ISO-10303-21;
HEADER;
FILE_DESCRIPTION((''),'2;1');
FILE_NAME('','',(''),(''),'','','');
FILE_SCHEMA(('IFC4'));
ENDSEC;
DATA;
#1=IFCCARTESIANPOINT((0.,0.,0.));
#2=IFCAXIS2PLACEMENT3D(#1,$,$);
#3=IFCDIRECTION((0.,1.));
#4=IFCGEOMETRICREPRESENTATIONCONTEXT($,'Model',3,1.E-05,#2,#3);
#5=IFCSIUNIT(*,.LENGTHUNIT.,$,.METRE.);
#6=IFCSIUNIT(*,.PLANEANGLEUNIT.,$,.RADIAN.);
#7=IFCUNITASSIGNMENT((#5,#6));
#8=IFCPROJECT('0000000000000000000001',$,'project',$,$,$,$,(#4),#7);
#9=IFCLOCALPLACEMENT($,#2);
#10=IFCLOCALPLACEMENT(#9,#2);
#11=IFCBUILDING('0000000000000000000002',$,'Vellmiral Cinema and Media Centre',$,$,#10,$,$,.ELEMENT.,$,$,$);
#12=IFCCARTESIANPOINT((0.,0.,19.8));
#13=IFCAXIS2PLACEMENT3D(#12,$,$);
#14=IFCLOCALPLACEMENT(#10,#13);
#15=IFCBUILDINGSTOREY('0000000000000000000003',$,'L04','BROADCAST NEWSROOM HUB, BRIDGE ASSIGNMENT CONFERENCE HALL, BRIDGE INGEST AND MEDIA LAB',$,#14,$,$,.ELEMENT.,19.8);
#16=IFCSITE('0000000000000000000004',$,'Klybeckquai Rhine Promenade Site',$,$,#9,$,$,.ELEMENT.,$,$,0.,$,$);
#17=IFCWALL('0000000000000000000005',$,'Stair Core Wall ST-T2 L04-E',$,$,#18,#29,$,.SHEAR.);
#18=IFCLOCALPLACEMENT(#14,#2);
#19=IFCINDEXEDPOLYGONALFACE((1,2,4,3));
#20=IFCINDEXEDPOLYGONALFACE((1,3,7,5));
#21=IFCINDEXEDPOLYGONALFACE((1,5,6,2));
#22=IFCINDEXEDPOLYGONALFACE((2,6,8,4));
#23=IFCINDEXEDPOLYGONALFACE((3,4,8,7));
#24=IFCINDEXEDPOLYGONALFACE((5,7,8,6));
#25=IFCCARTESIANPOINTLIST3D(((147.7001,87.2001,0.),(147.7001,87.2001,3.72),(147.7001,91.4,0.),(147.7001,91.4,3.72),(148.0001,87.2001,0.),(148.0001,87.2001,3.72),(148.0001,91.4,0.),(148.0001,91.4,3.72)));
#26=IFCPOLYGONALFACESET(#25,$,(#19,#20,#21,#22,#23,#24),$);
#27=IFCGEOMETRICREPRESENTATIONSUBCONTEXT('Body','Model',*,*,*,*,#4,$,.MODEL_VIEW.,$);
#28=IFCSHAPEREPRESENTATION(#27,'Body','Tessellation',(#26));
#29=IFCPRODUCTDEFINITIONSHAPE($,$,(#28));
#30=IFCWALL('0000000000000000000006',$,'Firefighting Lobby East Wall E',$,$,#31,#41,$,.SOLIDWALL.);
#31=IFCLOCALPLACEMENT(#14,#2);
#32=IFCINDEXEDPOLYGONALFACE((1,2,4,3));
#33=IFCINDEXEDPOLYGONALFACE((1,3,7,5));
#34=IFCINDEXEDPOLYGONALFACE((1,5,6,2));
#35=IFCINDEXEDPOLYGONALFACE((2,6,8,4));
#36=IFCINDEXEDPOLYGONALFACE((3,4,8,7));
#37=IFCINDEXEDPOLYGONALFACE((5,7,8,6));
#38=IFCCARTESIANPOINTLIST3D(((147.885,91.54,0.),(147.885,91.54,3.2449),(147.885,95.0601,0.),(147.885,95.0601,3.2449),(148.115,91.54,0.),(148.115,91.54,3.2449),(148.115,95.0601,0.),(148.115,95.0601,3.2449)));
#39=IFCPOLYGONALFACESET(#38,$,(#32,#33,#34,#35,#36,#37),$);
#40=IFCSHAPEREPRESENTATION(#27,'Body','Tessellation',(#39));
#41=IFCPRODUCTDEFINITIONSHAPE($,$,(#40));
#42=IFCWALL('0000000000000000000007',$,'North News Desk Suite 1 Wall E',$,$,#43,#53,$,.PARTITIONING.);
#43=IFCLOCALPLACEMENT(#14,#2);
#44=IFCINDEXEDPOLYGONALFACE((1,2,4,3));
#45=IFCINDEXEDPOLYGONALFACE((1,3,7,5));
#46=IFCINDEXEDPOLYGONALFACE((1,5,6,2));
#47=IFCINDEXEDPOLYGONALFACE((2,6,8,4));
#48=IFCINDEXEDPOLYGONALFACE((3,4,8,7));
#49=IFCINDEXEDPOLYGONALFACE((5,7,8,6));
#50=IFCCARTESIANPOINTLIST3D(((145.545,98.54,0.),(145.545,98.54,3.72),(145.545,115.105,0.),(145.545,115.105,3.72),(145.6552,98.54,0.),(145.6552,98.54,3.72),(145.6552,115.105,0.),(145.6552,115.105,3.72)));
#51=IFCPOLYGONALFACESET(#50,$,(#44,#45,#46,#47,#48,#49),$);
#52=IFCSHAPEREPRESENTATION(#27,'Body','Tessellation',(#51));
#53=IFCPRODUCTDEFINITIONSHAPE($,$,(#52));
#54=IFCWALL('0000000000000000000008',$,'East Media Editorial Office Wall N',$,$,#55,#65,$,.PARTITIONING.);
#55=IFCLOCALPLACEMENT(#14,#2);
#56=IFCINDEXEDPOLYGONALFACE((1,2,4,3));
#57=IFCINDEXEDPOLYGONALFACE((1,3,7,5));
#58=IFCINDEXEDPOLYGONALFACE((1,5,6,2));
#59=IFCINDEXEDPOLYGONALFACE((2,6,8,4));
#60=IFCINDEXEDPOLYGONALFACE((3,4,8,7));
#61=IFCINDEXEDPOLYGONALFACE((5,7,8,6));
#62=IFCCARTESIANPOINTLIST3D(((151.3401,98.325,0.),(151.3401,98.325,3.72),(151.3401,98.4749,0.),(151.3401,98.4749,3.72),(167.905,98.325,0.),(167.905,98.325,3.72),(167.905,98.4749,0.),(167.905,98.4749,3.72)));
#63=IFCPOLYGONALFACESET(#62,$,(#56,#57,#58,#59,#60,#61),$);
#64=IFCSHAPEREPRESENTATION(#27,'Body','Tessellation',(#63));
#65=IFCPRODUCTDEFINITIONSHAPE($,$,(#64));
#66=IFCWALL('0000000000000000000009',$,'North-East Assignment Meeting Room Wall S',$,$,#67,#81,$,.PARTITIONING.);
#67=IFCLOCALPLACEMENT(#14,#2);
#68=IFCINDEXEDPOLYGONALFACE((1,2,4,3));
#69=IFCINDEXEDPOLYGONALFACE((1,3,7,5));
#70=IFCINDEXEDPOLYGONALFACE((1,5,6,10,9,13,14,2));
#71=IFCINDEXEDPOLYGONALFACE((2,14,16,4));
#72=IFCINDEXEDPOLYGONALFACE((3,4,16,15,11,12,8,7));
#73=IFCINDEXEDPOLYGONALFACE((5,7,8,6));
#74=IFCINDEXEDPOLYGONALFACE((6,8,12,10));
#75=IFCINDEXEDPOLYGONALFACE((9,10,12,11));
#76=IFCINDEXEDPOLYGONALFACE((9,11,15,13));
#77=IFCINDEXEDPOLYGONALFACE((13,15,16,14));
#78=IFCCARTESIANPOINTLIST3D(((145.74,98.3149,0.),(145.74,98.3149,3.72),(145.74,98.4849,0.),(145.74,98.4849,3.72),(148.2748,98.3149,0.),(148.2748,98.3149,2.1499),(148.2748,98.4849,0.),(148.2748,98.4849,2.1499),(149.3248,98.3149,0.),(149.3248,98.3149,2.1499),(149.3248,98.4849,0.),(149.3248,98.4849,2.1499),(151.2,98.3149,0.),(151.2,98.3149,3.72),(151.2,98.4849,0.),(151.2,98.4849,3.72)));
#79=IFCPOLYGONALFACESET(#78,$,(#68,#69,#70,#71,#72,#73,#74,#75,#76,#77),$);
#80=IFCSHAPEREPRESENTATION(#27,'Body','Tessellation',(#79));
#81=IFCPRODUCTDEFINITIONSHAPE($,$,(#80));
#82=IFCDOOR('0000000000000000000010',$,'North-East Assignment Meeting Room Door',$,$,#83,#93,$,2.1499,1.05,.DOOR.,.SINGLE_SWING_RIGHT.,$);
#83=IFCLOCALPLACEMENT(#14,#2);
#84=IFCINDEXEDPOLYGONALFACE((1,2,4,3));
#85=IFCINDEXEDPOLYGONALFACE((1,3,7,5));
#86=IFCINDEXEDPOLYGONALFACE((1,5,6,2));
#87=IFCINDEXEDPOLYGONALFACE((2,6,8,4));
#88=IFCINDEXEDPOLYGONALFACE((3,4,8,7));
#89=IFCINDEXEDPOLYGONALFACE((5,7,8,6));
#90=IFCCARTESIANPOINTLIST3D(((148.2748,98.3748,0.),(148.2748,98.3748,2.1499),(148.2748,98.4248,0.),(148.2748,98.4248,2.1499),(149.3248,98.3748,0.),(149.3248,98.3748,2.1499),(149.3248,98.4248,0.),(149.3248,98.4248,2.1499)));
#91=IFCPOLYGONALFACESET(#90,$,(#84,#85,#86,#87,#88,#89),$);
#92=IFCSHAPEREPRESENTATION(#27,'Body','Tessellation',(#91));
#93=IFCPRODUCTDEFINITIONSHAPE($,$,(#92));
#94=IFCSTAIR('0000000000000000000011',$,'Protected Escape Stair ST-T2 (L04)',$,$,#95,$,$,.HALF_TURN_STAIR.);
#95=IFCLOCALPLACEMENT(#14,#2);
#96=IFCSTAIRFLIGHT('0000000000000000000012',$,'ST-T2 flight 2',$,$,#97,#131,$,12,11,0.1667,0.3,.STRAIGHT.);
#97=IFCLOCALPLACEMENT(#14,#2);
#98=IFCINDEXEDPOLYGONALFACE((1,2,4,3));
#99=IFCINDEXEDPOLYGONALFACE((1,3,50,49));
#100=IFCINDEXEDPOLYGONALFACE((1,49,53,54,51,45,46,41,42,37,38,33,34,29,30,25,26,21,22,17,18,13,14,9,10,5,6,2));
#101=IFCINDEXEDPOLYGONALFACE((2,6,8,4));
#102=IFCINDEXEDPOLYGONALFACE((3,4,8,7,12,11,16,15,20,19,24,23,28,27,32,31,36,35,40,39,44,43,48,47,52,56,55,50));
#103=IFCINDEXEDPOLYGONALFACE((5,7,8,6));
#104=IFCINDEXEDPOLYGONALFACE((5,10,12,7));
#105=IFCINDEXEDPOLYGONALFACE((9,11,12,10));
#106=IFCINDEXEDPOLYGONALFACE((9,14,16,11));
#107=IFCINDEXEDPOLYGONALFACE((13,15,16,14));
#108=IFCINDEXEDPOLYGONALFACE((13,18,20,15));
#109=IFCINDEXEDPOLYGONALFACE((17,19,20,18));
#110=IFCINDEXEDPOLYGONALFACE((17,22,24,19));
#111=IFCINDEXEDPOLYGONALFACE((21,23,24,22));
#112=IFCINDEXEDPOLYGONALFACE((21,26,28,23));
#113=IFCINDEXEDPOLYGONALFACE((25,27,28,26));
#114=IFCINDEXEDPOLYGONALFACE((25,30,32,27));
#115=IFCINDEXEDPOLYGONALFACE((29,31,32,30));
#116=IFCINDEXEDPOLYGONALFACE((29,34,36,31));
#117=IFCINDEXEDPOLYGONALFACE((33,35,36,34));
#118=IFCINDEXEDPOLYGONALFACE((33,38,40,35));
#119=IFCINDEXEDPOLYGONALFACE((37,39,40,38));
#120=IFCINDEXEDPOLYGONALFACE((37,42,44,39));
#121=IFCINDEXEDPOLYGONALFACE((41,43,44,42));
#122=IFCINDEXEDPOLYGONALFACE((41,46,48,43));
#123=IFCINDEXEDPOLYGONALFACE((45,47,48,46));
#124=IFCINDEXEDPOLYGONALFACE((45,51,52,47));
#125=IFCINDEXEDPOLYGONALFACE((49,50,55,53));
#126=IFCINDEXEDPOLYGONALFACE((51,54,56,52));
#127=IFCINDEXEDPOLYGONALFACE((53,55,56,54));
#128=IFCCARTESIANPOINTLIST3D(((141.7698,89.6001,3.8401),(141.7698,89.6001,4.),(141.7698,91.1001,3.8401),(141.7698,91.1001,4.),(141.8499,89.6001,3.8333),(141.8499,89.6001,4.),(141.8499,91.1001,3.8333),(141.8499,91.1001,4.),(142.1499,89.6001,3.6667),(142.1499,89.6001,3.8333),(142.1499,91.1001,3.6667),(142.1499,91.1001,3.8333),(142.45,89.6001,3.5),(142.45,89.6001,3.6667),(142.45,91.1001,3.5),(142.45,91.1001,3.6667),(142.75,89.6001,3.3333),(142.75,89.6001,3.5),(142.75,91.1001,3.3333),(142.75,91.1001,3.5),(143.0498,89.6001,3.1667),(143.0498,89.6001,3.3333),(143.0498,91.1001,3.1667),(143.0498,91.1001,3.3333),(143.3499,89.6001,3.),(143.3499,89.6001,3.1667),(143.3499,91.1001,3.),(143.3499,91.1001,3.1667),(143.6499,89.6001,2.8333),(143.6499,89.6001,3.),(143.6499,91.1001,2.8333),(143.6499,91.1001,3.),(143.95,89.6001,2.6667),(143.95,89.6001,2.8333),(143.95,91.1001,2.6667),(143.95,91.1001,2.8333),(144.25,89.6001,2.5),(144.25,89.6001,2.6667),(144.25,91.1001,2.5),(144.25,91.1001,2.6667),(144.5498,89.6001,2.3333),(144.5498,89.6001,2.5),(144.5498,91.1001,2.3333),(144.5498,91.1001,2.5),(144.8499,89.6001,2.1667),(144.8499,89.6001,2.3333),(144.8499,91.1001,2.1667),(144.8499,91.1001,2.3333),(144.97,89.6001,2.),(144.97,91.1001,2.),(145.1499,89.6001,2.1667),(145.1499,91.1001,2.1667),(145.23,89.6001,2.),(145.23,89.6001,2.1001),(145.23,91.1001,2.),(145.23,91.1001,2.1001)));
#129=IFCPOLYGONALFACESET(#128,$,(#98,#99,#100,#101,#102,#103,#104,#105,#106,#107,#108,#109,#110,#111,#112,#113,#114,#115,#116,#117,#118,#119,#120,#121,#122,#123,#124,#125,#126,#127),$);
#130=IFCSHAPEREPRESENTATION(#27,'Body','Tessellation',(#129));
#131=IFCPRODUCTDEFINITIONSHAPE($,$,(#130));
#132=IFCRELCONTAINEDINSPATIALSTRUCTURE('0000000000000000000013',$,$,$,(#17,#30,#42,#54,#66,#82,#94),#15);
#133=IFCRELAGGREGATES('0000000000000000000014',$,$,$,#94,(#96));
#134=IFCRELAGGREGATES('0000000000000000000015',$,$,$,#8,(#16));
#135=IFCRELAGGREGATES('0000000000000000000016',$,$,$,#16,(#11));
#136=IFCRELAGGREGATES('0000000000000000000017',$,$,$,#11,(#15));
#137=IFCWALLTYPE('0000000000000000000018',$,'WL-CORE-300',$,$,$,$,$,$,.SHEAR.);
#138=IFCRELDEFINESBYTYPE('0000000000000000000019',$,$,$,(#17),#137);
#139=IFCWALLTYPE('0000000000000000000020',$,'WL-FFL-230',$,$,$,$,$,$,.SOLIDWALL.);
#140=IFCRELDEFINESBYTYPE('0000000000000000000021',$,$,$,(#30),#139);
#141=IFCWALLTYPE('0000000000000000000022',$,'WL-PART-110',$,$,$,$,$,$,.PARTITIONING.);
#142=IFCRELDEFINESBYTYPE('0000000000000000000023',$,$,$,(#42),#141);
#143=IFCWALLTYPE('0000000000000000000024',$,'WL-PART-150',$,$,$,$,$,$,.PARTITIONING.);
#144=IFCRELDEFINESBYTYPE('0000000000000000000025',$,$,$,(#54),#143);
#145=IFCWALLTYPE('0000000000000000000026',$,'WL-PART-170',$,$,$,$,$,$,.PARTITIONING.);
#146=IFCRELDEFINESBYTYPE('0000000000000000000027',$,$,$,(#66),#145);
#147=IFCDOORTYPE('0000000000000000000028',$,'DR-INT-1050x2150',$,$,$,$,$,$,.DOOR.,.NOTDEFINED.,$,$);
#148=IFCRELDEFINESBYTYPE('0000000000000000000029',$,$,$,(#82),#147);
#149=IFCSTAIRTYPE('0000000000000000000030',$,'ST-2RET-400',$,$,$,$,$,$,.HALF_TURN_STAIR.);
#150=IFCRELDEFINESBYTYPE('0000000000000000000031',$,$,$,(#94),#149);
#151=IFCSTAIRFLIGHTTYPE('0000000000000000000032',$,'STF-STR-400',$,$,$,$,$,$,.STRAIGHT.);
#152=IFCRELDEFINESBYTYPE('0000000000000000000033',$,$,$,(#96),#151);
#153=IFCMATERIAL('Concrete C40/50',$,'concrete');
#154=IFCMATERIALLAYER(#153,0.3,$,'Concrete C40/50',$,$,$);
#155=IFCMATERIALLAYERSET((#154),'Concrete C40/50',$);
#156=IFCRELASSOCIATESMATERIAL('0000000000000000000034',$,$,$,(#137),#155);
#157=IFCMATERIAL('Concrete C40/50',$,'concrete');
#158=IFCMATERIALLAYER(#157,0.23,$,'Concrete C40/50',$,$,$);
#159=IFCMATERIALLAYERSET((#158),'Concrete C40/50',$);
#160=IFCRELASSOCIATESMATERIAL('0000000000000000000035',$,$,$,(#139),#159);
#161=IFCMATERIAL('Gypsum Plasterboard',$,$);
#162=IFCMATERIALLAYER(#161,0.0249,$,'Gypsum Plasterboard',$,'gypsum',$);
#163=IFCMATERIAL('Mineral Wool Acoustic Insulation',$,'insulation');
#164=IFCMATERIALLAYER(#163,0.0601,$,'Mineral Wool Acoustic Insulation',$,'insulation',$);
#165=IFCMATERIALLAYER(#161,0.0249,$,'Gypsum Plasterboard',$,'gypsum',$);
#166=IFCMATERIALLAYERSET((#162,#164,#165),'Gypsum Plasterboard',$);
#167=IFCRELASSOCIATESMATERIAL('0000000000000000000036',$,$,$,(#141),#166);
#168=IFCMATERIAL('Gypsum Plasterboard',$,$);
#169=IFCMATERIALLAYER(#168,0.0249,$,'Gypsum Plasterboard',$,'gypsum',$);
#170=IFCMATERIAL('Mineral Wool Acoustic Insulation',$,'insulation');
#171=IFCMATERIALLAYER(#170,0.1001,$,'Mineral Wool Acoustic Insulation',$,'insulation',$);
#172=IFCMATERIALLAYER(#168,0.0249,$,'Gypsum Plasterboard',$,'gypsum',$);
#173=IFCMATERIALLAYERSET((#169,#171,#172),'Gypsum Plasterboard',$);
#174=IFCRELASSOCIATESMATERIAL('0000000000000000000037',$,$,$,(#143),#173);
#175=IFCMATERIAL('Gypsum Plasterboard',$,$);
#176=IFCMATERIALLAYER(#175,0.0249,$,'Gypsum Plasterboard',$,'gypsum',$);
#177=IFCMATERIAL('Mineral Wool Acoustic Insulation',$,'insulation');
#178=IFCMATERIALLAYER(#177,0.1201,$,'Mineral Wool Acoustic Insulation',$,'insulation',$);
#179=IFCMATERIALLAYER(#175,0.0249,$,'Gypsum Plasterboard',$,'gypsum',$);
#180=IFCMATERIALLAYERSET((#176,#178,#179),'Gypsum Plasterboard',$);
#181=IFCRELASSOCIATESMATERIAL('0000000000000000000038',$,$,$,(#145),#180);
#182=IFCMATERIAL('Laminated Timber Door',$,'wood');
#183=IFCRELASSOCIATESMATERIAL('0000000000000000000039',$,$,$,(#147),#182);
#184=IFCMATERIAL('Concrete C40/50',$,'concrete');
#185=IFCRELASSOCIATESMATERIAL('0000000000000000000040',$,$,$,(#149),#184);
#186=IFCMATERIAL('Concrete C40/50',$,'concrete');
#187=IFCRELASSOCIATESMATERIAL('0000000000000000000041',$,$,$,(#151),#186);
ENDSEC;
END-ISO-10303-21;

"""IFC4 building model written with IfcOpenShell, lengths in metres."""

from ifc_helpers import new_model, si_unit, direction, frame, frame_2d, origin, place, context, subcontext, project, spatial, polyline, rectangle, outline, extrude, material, layer, layer_set, type_object, element, fill, aggregate, save


model = new_model("IFC4")

# Units and contexts
model_context = context("Model", 3, precision=1e-05, world=origin(), true_north=direction((0.0, 1.0)))
body_context = subcontext(model_context, "Body", "Model", "MODEL_VIEW")
ifc_project = project(units=[si_unit("LENGTHUNIT", "METRE"), si_unit("PLANEANGLEUNIT", "RADIAN")], contexts=[model_context])

# Site, building, storey
site_placement = place(None, origin())
site = spatial("IfcSite", under=ifc_project, at=site_placement, Name="Klybeckquai Rhine Promenade Site", CompositionType="ELEMENT", RefElevation=0.0)
building_placement = place(site_placement, origin())
building = spatial("IfcBuilding", under=site, at=building_placement, Name="Vellmiral Cinema and Media Centre", CompositionType="ELEMENT")
storey_placement = place(building_placement, frame((0.0, 0.0, 19.8)))
storey = spatial("IfcBuildingStorey", under=building, at=storey_placement, Name="L04", Description="BROADCAST NEWSROOM HUB, BRIDGE ASSIGNMENT CONFERENCE HALL, BRIDGE INGEST AND MEDIA LAB", CompositionType="ELEMENT", Elevation=19.8)

# Walls
ifc_material_1 = material(Name="Concrete C40/50", Category="concrete")
ifc_layer_1 = layer(ifc_material_1, 0.3, Name="Concrete C40/50")
ifc_layer_set_1 = layer_set([ifc_layer_1], Name="Concrete C40/50")
wall_type_1 = type_object("IfcWallType", Name="WL-CORE-300", PredefinedType="SHEAR", material=ifc_layer_set_1)
wall_1_placement = place(storey_placement, frame((147.8501, 87.2, 0.0), z_axis=(0.0, 0.0, 1.0), x_axis=(0.0, 1.0, 0.0)))
element("IfcWall", 1, at=wall_1_placement, inside=storey, type_object=wall_type_1, Name="Stair Core Wall ST-T2 L04-E", PredefinedType="SHEAR", context=body_context, shape_type="SweptSolid", body=[
    extrude(rectangle(XDim=4.2, YDim=0.3, at=frame_2d((2.1001, 0.0))), origin(), (0.0, 0.0, 1.0), 3.72),
])
ifc_material_2 = material(Name="Concrete C40/50", Category="concrete")
ifc_layer_2 = layer(ifc_material_2, 0.23, Name="Concrete C40/50")
ifc_layer_set_2 = layer_set([ifc_layer_2], Name="Concrete C40/50")
wall_type_2 = type_object("IfcWallType", Name="WL-FFL-230", PredefinedType="SOLIDWALL", material=ifc_layer_set_2)
wall_2_placement = place(storey_placement, frame((148.0, 91.54, 0.0), z_axis=(0.0, 0.0, 1.0), x_axis=(0.0, 1.0, 0.0)))
element("IfcWall", 2, at=wall_2_placement, inside=storey, type_object=wall_type_2, Name="Firefighting Lobby East Wall E", PredefinedType="SOLIDWALL", context=body_context, shape_type="SweptSolid", body=[
    extrude(rectangle(XDim=3.52, YDim=0.23, at=frame_2d((1.76, 0.0))), origin(), (0.0, 0.0, 1.0), 3.2449),
])
ifc_material_3 = material(Name="Gypsum Plasterboard")
ifc_layer_3 = layer(ifc_material_3, 0.0249, Name="Gypsum Plasterboard", Category="gypsum")
ifc_material_4 = material(Name="Mineral Wool Acoustic Insulation", Category="insulation")
ifc_layer_4 = layer(ifc_material_4, 0.0601, Name="Mineral Wool Acoustic Insulation", Category="insulation")
ifc_layer_5 = layer(ifc_material_3, 0.0249, Name="Gypsum Plasterboard", Category="gypsum")
ifc_layer_set_3 = layer_set([ifc_layer_3, ifc_layer_4, ifc_layer_5], Name="Gypsum Plasterboard")
wall_type_3 = type_object("IfcWallType", Name="WL-PART-110", PredefinedType="PARTITIONING", material=ifc_layer_set_3)
wall_3_placement = place(storey_placement, frame((145.6001, 98.54, 0.0), z_axis=(0.0, 0.0, 1.0), x_axis=(0.0, 1.0, 0.0)))
element("IfcWall", 3, at=wall_3_placement, inside=storey, type_object=wall_type_3, Name="North News Desk Suite 1 Wall E", PredefinedType="PARTITIONING", context=body_context, shape_type="SweptSolid", body=[
    extrude(rectangle(XDim=16.5649, YDim=0.1101, at=frame_2d((8.2825, 0.0))), origin(), (0.0, 0.0, 1.0), 3.72),
])
ifc_material_5 = material(Name="Gypsum Plasterboard")
ifc_layer_6 = layer(ifc_material_5, 0.0249, Name="Gypsum Plasterboard", Category="gypsum")
ifc_material_6 = material(Name="Mineral Wool Acoustic Insulation", Category="insulation")
ifc_layer_7 = layer(ifc_material_6, 0.1001, Name="Mineral Wool Acoustic Insulation", Category="insulation")
ifc_layer_8 = layer(ifc_material_5, 0.0249, Name="Gypsum Plasterboard", Category="gypsum")
ifc_layer_set_4 = layer_set([ifc_layer_6, ifc_layer_7, ifc_layer_8], Name="Gypsum Plasterboard")
wall_type_4 = type_object("IfcWallType", Name="WL-PART-150", PredefinedType="PARTITIONING", material=ifc_layer_set_4)
wall_4_placement = place(storey_placement, frame((151.3401, 98.3999, 0.0), z_axis=(0.0, 0.0, 1.0), x_axis=(1.0, 0.0, 0.0)))
element("IfcWall", 4, at=wall_4_placement, inside=storey, type_object=wall_type_4, Name="East Media Editorial Office Wall N", PredefinedType="PARTITIONING", context=body_context, shape_type="SweptSolid", body=[
    extrude(rectangle(XDim=16.5649, YDim=0.1499, at=frame_2d((8.2825, 0.0))), origin(), (0.0, 0.0, 1.0), 3.72),
])

# Wall, opening, door
ifc_material_7 = material(Name="Gypsum Plasterboard")
ifc_layer_9 = layer(ifc_material_7, 0.0249, Name="Gypsum Plasterboard", Category="gypsum")
ifc_material_8 = material(Name="Mineral Wool Acoustic Insulation", Category="insulation")
ifc_layer_10 = layer(ifc_material_8, 0.1201, Name="Mineral Wool Acoustic Insulation", Category="insulation")
ifc_layer_11 = layer(ifc_material_7, 0.0249, Name="Gypsum Plasterboard", Category="gypsum")
ifc_layer_set_5 = layer_set([ifc_layer_9, ifc_layer_10, ifc_layer_11], Name="Gypsum Plasterboard")
wall_type_5 = type_object("IfcWallType", Name="WL-PART-170", PredefinedType="PARTITIONING", material=ifc_layer_set_5)
wall_5_placement = place(storey_placement, frame((145.74, 98.3999, 0.0), z_axis=(0.0, 0.0, 1.0), x_axis=(1.0, 0.0, 0.0)))
wall_5 = element("IfcWall", 5, at=wall_5_placement, inside=storey, type_object=wall_type_5, Name="North-East Assignment Meeting Room Wall S", PredefinedType="PARTITIONING", context=body_context, shape_type="SweptSolid", body=[
    extrude(rectangle(XDim=5.46, YDim=0.1699, at=frame_2d((2.73, 0.0))), origin(), (0.0, 0.0, 1.0), 3.72),
])
opening_placement = place(wall_5_placement, frame((2.5349, 0.0, 0.0)))
opening = element("IfcOpeningElement", 6, at=opening_placement, cuts=wall_5, PredefinedType="OPENING", context=body_context, shape_type="SweptSolid", body=[
    extrude(rectangle(XDim=1.05, YDim=2.1499, at=frame_2d((0.5249, 1.075))), frame((0.0, 0.0969, 0.0), z_axis=(0.0, -1.0, 0.0), x_axis=(1.0, 0.0, 0.0)), (0.0, 0.0, 1.0), 0.1938),
])
ifc_material_9 = material(Name="Laminated Timber Door", Category="wood")
door_type = type_object("IfcDoorType", Name="DR-INT-1050x2150", OperationType="NOTDEFINED", PredefinedType="DOOR", material=ifc_material_9)
door_placement = place(opening_placement, origin())
door = element("IfcDoor", 7, at=door_placement, inside=storey, type_object=door_type, Name="North-East Assignment Meeting Room Door", OperationType="SINGLE_SWING_RIGHT", OverallHeight=2.1499, OverallWidth=1.05, PredefinedType="DOOR", context=body_context, shape_type="SweptSolid", body=[
    extrude(rectangle(XDim=1.05, YDim=2.1499, at=frame_2d((0.5249, 1.075))), frame((0.0, 0.0249, 0.0), z_axis=(0.0, -1.0, 0.0), x_axis=(1.0, 0.0, 0.0)), (0.0, 0.0, 1.0), 0.05),
])
fill(opening, door)

# Stair, stair flight
ifc_material_10 = material(Name="Concrete C40/50", Category="concrete")
stair_type = type_object("IfcStairType", Name="ST-2RET-400", PredefinedType="HALF_TURN_STAIR", material=ifc_material_10)
stair_placement = place(storey_placement, origin())
stair = element("IfcStair", 8, at=stair_placement, inside=storey, type_object=stair_type, Name="Protected Escape Stair ST-T2 (L04)", PredefinedType="HALF_TURN_STAIR")
ifc_material_11 = material(Name="Concrete C40/50", Category="concrete")
stair_flight_type = type_object("IfcStairFlightType", Name="STF-STR-400", PredefinedType="STRAIGHT", material=ifc_material_11)
stair_flight_placement = place(storey_placement, frame((145.1499, 90.3501, 2.0), z_axis=(0.0, 0.0, 1.0), x_axis=(-1.0, 0.0, 0.0)))
stair_flight = element("IfcStairFlight", 9, at=stair_flight_placement, type_object=stair_flight_type, Name="ST-T2 flight 2", NumberOfRisers=12, NumberOfTreads=11, PredefinedType="STRAIGHT", RiserHeight=0.1667, TreadLength=0.3, context=body_context, shape_type="SweptSolid", body=[
    extrude(outline(polyline([(-0.0801, 0.0), (-0.0801, 0.1001), (0.0, 0.1667), (0.3, 0.1667), (0.3, 0.3333), (0.6001, 0.3333), (0.6001, 0.5), (0.8999, 0.5), (0.8999, 0.6667), (1.2, 0.6667), (1.2, 0.8333), (1.5, 0.8333), (1.5, 1.0), (1.8, 1.0), (1.8, 1.1667), (2.1001, 1.1667), (2.1001, 1.3333), (2.3999, 1.3333), (2.3999, 1.5), (2.7, 1.5), (2.7, 1.6667), (3.0, 1.6667), (3.0, 1.8333), (3.3, 1.8333), (3.3, 2.0), (3.3801, 2.0), (3.3801, 1.8401), (0.1799, 0.0), (-0.0801, 0.0)])), frame((0.0, 0.75, 0.0), z_axis=(0.0, -1.0, 0.0), x_axis=(1.0, 0.0, 0.0)), (0.0, 0.0, 1.0), 1.5),
])
aggregate(stair, [stair_flight])

save(model, "model.ifc")
